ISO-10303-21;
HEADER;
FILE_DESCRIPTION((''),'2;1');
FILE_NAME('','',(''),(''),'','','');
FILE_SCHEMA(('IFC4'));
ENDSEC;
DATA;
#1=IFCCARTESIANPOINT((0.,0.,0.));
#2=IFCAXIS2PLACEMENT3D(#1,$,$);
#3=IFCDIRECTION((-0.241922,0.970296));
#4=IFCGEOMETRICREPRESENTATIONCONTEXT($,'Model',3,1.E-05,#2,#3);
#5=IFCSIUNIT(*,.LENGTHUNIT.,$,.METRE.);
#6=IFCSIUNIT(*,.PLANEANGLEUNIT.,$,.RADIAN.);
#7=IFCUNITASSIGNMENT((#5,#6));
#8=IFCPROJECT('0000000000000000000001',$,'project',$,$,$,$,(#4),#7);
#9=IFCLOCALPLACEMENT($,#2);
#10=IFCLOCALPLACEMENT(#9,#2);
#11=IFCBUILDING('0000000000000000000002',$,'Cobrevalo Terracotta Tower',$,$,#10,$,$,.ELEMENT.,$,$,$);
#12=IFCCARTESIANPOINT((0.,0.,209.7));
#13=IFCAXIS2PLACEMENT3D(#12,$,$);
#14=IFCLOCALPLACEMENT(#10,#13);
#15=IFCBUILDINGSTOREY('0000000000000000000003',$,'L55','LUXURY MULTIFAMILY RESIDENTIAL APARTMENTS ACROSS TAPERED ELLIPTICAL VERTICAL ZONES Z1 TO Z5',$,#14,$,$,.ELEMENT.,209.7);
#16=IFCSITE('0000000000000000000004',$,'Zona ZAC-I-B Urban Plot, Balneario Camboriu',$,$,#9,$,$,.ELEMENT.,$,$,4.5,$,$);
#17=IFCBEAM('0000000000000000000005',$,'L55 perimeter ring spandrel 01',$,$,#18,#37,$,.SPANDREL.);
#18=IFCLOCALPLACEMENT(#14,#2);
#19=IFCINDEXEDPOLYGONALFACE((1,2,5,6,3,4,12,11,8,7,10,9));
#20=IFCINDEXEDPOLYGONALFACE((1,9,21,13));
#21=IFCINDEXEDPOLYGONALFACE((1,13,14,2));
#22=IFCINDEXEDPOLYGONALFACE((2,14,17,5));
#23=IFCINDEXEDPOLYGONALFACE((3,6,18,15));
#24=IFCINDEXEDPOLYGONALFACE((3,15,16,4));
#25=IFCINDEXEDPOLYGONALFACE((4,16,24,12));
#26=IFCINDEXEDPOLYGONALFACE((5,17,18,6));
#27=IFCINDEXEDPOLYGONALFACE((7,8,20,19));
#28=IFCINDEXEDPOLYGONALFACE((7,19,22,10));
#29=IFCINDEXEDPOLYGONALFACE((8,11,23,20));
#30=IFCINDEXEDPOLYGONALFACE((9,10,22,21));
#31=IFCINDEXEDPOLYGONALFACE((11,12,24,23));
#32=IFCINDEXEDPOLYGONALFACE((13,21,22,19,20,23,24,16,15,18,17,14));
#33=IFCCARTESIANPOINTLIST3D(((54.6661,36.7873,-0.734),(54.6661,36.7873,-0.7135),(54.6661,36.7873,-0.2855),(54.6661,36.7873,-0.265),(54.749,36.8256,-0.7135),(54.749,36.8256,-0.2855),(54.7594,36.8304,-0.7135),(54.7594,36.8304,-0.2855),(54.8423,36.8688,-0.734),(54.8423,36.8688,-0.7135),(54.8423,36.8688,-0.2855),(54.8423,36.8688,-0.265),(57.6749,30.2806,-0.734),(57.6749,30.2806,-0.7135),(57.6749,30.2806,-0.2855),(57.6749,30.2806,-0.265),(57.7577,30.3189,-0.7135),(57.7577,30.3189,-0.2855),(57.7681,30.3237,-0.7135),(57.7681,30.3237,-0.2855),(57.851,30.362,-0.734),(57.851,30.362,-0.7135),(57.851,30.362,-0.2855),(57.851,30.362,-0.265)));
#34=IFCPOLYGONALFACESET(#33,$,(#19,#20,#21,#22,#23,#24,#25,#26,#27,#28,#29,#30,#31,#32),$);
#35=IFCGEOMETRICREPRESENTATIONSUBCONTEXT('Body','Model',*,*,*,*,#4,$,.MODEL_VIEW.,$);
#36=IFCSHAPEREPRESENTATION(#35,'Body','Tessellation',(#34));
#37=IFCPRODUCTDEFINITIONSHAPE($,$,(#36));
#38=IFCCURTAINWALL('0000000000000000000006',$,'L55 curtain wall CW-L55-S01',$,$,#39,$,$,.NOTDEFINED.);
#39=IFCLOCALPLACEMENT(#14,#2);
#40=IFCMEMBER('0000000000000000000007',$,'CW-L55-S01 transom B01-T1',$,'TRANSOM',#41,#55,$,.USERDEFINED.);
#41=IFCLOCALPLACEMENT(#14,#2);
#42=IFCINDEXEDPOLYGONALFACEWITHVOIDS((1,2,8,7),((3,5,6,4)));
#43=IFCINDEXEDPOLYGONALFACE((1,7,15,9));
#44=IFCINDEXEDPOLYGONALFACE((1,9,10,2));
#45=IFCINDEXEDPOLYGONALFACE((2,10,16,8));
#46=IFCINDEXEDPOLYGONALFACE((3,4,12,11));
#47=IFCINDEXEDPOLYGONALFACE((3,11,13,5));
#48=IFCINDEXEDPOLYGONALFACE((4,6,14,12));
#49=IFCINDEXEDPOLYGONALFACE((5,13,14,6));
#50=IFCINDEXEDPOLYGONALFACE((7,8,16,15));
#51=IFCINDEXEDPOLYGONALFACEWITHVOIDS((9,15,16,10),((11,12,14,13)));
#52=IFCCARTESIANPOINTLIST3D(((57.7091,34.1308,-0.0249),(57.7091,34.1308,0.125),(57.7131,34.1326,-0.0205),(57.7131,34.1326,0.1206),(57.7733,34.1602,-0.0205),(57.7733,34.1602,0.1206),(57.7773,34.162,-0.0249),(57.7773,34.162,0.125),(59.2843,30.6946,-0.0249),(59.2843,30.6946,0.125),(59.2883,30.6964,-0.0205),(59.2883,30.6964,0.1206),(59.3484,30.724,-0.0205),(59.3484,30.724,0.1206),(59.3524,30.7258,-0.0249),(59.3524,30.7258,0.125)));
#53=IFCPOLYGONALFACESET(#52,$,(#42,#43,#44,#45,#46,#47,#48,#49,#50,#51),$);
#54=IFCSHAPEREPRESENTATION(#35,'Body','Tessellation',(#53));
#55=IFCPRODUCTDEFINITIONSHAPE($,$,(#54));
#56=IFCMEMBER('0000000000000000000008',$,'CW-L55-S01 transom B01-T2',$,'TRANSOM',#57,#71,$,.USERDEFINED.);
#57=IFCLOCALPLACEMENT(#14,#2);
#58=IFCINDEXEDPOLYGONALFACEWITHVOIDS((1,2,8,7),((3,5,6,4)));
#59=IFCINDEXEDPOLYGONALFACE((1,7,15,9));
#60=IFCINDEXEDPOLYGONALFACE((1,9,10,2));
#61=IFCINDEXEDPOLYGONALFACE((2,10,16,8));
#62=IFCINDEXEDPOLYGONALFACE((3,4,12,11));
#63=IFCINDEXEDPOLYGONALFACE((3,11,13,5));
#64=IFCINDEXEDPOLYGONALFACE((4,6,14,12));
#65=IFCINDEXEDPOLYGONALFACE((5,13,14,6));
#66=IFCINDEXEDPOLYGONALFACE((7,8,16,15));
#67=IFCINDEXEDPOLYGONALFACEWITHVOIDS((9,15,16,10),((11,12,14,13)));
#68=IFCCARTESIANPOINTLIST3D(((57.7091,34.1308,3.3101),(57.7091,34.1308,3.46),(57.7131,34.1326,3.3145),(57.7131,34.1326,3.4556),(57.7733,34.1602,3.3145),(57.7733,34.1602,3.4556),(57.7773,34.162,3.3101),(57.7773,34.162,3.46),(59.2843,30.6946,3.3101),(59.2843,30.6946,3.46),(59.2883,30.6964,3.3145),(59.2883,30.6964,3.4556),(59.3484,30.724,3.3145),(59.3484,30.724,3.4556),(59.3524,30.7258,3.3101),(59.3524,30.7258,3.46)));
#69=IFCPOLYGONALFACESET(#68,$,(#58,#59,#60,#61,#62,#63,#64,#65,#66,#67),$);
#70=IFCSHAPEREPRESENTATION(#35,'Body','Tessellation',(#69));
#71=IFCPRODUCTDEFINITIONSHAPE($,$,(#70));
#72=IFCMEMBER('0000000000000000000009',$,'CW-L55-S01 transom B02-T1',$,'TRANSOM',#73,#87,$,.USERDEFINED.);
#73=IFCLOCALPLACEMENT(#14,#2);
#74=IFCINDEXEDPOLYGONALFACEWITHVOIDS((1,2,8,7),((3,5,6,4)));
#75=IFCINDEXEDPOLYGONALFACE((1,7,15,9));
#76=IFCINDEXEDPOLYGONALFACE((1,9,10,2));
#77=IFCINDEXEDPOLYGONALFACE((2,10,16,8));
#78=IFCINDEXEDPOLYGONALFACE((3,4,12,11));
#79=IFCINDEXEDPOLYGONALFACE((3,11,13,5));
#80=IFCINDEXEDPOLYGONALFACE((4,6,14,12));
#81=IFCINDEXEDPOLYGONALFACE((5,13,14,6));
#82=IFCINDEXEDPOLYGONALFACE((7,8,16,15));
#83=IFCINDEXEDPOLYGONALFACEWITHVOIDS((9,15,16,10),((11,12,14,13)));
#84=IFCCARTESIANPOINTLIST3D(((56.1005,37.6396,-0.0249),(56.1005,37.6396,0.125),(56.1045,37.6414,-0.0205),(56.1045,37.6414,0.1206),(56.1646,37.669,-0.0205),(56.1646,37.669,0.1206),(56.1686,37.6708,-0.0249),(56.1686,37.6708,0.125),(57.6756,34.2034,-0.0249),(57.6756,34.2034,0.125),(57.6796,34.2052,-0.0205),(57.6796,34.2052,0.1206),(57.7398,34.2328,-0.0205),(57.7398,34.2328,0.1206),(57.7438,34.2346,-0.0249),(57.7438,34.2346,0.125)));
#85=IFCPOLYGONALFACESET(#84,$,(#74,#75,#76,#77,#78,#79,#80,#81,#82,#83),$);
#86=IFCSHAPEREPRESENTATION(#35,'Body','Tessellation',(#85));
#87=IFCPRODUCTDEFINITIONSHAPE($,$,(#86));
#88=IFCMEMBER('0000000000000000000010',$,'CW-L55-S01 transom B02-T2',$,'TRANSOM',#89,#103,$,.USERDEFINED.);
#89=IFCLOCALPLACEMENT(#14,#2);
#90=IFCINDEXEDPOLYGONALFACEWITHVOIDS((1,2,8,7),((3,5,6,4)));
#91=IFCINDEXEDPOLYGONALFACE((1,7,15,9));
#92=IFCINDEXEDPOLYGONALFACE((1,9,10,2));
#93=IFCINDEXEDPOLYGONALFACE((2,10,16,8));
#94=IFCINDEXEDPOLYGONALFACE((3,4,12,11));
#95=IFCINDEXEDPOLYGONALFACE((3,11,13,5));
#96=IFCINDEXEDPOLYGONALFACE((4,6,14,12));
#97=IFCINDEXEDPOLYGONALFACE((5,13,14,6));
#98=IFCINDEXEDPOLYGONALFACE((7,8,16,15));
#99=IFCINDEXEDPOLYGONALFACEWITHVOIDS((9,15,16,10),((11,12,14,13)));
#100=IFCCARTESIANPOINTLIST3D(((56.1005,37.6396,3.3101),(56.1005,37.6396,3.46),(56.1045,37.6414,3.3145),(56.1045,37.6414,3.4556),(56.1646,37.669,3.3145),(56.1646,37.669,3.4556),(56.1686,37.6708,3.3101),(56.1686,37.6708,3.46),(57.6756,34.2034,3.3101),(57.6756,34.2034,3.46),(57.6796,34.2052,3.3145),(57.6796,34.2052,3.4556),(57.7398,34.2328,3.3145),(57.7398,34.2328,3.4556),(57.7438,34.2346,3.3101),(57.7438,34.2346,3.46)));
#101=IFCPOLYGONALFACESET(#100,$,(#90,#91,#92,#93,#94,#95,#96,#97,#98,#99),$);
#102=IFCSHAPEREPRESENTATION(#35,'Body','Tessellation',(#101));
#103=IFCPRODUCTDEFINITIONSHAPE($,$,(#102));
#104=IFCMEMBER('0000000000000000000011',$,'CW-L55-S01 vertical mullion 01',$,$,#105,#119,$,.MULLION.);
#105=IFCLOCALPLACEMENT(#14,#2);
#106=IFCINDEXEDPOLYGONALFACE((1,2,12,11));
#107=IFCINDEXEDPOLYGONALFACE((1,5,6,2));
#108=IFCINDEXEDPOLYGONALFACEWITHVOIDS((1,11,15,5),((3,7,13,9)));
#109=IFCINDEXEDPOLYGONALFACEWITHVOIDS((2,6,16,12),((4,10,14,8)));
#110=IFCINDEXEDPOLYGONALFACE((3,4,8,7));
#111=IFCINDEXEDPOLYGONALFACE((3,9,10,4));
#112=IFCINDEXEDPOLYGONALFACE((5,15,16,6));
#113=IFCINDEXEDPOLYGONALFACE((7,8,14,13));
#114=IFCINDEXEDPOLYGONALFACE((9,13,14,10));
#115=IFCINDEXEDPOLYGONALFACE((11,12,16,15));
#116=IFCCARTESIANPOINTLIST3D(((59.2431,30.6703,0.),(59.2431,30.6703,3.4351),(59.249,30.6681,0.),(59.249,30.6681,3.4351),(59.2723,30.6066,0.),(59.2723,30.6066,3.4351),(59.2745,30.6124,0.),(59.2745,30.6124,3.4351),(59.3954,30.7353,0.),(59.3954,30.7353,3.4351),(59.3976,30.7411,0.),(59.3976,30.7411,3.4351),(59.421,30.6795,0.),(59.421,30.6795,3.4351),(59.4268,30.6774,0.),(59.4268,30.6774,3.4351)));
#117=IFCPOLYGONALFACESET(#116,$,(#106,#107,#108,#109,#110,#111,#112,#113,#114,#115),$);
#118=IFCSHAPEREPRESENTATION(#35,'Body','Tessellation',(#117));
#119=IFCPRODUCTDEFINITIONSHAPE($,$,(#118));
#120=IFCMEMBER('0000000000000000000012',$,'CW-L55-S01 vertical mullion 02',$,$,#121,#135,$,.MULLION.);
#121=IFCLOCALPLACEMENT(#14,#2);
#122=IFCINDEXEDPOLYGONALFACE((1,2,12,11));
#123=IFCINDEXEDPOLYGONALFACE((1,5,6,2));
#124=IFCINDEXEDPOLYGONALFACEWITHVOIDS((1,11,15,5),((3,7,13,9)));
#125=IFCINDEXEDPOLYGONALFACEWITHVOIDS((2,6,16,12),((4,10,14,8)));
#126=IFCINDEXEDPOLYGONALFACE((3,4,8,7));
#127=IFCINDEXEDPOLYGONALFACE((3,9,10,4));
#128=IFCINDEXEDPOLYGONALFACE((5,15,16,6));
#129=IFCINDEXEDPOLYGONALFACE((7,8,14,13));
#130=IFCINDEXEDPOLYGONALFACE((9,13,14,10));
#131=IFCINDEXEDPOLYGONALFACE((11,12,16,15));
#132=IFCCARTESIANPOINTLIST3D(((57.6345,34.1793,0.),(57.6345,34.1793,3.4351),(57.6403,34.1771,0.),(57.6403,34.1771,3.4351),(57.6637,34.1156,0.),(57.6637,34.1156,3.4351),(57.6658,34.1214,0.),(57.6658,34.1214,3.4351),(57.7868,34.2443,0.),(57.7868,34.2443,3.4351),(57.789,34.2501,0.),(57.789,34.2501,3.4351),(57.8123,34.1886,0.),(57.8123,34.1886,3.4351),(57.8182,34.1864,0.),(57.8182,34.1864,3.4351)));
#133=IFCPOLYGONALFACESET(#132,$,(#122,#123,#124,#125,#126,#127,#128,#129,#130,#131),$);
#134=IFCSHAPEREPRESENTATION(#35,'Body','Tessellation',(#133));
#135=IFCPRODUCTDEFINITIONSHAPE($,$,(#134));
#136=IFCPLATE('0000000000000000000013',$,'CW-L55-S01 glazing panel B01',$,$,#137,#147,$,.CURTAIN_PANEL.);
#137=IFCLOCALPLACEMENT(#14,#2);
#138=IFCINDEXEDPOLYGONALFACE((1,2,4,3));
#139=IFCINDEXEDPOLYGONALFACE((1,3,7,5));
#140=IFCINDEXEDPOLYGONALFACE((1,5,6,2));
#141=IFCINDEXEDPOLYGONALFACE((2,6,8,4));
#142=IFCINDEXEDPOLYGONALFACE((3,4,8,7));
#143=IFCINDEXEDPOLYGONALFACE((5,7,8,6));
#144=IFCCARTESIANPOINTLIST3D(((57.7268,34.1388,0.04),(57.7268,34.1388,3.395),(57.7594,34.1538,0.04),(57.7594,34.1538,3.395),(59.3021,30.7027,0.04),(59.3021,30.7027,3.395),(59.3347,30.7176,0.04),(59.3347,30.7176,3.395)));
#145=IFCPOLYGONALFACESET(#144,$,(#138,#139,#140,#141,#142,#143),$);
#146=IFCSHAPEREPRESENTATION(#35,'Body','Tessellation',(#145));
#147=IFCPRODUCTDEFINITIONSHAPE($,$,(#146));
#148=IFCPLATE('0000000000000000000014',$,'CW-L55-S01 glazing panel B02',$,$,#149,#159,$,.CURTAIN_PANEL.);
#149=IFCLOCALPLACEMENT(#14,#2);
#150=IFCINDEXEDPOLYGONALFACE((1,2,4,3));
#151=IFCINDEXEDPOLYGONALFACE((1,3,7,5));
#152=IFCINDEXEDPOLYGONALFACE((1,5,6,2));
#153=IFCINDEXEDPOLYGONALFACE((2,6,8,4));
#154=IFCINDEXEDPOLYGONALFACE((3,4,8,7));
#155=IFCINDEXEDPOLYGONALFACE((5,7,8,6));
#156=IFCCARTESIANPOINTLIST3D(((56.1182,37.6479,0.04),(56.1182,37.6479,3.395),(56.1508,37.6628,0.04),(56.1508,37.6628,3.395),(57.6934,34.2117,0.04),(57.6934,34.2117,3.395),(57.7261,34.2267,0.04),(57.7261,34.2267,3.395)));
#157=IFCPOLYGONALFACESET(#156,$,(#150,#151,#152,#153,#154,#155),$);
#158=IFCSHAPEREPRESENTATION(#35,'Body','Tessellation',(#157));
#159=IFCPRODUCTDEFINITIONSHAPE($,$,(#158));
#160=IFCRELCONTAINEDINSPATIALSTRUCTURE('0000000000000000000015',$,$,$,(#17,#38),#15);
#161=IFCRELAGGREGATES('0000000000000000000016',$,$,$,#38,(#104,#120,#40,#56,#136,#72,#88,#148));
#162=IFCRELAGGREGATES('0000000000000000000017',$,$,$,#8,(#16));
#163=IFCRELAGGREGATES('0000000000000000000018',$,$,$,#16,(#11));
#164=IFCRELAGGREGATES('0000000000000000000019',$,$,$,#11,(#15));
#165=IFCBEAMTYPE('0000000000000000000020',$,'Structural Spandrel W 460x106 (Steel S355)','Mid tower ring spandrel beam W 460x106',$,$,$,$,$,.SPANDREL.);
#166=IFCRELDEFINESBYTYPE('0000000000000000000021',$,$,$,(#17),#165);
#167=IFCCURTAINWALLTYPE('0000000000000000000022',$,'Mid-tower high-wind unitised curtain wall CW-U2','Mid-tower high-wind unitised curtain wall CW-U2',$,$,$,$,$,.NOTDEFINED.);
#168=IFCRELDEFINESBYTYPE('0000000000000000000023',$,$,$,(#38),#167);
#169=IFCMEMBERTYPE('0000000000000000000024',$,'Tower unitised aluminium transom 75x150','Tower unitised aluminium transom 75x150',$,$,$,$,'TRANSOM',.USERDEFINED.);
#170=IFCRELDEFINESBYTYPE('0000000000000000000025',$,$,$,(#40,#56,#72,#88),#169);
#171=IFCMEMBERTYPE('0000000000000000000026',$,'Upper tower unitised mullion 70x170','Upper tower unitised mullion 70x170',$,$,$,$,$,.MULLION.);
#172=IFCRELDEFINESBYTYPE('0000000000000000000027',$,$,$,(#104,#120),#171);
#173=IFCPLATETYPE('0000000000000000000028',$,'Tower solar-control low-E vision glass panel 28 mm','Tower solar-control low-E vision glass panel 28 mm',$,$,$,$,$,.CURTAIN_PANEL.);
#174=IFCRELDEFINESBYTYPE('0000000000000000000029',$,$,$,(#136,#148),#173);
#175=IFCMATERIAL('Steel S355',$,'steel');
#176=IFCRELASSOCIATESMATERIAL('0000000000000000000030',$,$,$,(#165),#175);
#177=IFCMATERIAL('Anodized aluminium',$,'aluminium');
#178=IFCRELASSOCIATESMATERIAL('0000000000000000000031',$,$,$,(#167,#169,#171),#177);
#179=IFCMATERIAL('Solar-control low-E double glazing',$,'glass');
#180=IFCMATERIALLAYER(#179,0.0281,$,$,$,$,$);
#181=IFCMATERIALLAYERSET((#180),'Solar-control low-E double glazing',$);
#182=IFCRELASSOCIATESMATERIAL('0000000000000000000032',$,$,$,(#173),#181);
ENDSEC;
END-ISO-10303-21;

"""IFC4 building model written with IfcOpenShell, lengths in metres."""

from ifc_helpers import new_model, si_unit, direction, frame, origin, origin_2d, place, context, subcontext, project, spatial, rectangle, hollow_rectangle, i_section, extrude, source, transform, mapped, material, layer, layer_set, material_profile, profile_set, type_object, element, aggregate, save


model = new_model("IFC4")

# Units and contexts
model_context = context("Model", 3, precision=1e-05, world=origin(), true_north=direction((-0.241922, 0.970296)))
body_context = subcontext(model_context, "Body", "Model", "MODEL_VIEW")
ifc_project = project(units=[si_unit("LENGTHUNIT", "METRE"), si_unit("PLANEANGLEUNIT", "RADIAN")], contexts=[model_context])

# Site, building, storey
site_placement = place(None, origin())
site = spatial("IfcSite", under=ifc_project, at=site_placement, Name="Zona ZAC-I-B Urban Plot, Balneario Camboriu", CompositionType="ELEMENT", RefElevation=4.5)
building_placement = place(site_placement, origin())
building = spatial("IfcBuilding", under=site, at=building_placement, Name="Cobrevalo Terracotta Tower", CompositionType="ELEMENT")
storey_placement = place(building_placement, frame((0.0, 0.0, 209.7)))
storey = spatial("IfcBuildingStorey", under=building, at=storey_placement, Name="L55", Description="LUXURY MULTIFAMILY RESIDENTIAL APARTMENTS ACROSS TAPERED ELLIPTICAL VERTICAL ZONES Z1 TO Z5", CompositionType="ELEMENT", Elevation=209.7)

# Shared definitions
ifc_material_1 = material(Name="Steel S355", Category="steel")

# Beam
ifc_material_profile_1 = material_profile(ifc_material_1, i_section(OverallWidth=0.1941, OverallDepth=0.469, WebThickness=0.0115, FlangeThickness=0.0205, at=origin_2d()), Name="W 460x106")
ifc_profile_set_1 = profile_set([ifc_material_profile_1], Name="Steel S355")
beam_type_1 = type_object("IfcBeamType", Name="Structural Spandrel W 460x106 (Steel S355)", Description="Mid tower ring spandrel beam W 460x106", PredefinedType="SPANDREL", material=ifc_profile_set_1)
beam_1_placement = place(storey_placement, frame((57.7629, 30.3213, -0.4995), z_axis=(-0.419706, 0.90766, 0.0), x_axis=(-0.90766, -0.419706, 0.0)))
element("IfcBeam", 1, at=beam_1_placement, inside=storey, type_object=beam_type_1, Name="L55 perimeter ring spandrel 01", PredefinedType="SPANDREL", context=body_context, shape_type="SweptSolid", body=[
    extrude(i_section(OverallWidth=0.1941, OverallDepth=0.469, WebThickness=0.0115, FlangeThickness=0.0205, at=origin_2d()), origin(), (0.0, 0.0, 1.0), 7.1687),
])

# Curtain wall, members, plates
ifc_material_2 = material(Name="Anodized aluminium", Category="aluminium")
curtain_wall_type = type_object("IfcCurtainWallType", Name="Mid-tower high-wind unitised curtain wall CW-U2", Description="Mid-tower high-wind unitised curtain wall CW-U2", PredefinedType="NOTDEFINED", material=ifc_material_2)
curtain_wall_placement = place(storey_placement, origin())
curtain_wall = element("IfcCurtainWall", 2, at=curtain_wall_placement, inside=storey, type_object=curtain_wall_type, Name="L55 curtain wall CW-L55-S01", PredefinedType="NOTDEFINED")
ifc_material_profile_2 = material_profile(ifc_material_2, hollow_rectangle(XDim=0.075, YDim=0.1499, WallThickness=0.0044, at=origin_2d()), Name="CWT 75x150")
ifc_profile_set_2 = profile_set([ifc_material_profile_2], Name="Anodized aluminium")
member_type_1 = type_object("IfcMemberType", Name="Tower unitised aluminium transom 75x150", Description="Tower unitised aluminium transom 75x150", ElementType="TRANSOM", PredefinedType="USERDEFINED", material=ifc_profile_set_2)
shared_shape_1 = source(origin(), body_context, "Body", "SweptSolid", [
    extrude(hollow_rectangle(XDim=0.075, YDim=0.1499, WallThickness=0.0044, at=origin_2d()), origin(), (0.0, 0.0, 1.0), 3.78),
])
member_1_placement = place(storey_placement, frame((59.3184, 30.7102, 0.05), z_axis=(-0.416706, 0.909041, 0.0), x_axis=(-0.909041, -0.416706, 0.0)))
member_1 = element("IfcMember", 3, at=member_1_placement, type_object=member_type_1, Name="CW-L55-S01 transom B01-T1", ObjectType="TRANSOM", PredefinedType="USERDEFINED", context=body_context, shape_type="MappedRepresentation", body=[
    mapped(shared_shape_1, transform((0.0, 0.0, 0.0), scale=1.0)),
])
member_2_placement = place(storey_placement, frame((59.3184, 30.7102, 3.385), z_axis=(-0.416706, 0.909041, 0.0), x_axis=(-0.909041, -0.416706, 0.0)))
member_2 = element("IfcMember", 4, at=member_2_placement, type_object=member_type_1, Name="CW-L55-S01 transom B01-T2", ObjectType="TRANSOM", PredefinedType="USERDEFINED", context=body_context, shape_type="MappedRepresentation", body=[
    mapped(shared_shape_1, transform((0.0, 0.0, 0.0), scale=1.0)),
])
member_3_placement = place(storey_placement, frame((57.7097, 34.219, 0.05), z_axis=(-0.416706, 0.909041, 0.0), x_axis=(-0.909041, -0.416706, 0.0)))
member_3 = element("IfcMember", 5, at=member_3_placement, type_object=member_type_1, Name="CW-L55-S01 transom B02-T1", ObjectType="TRANSOM", PredefinedType="USERDEFINED", context=body_context, shape_type="MappedRepresentation", body=[
    mapped(shared_shape_1, transform((0.0, 0.0, 0.0), scale=1.0)),
])
member_4_placement = place(storey_placement, frame((57.7097, 34.219, 3.385), z_axis=(-0.416706, 0.909041, 0.0), x_axis=(-0.909041, -0.416706, 0.0)))
member_4 = element("IfcMember", 6, at=member_4_placement, type_object=member_type_1, Name="CW-L55-S01 transom B02-T2", ObjectType="TRANSOM", PredefinedType="USERDEFINED", context=body_context, shape_type="MappedRepresentation", body=[
    mapped(shared_shape_1, transform((0.0, 0.0, 0.0), scale=1.0)),
])
ifc_material_profile_3 = material_profile(ifc_material_2, hollow_rectangle(XDim=0.0701, YDim=0.1699, WallThickness=0.0044, at=origin_2d()), Name="CWM 70x170")
ifc_profile_set_3 = profile_set([ifc_material_profile_3], Name="Anodized aluminium")
member_type_2 = type_object("IfcMemberType", Name="Upper tower unitised mullion 70x170", Description="Upper tower unitised mullion 70x170", PredefinedType="MULLION", material=ifc_profile_set_3)
shared_shape_2 = source(origin(), body_context, "Body", "SweptSolid", [
    extrude(hollow_rectangle(XDim=0.0701, YDim=0.1699, WallThickness=0.0044, at=origin_2d()), origin(), (0.0, 0.0, 1.0), 3.4351),
])
member_5_placement = place(storey_placement, frame((59.335, 30.6738, 0.0), z_axis=(0.0, 0.0, 1.0), x_axis=(-0.416725, 0.909033, 0.0)))
member_5 = element("IfcMember", 7, at=member_5_placement, type_object=member_type_2, Name="CW-L55-S01 vertical mullion 01", PredefinedType="MULLION", context=body_context, shape_type="MappedRepresentation", body=[
    mapped(shared_shape_2, transform((0.0, 0.0, 0.0), scale=1.0)),
])
member_6_placement = place(storey_placement, frame((57.7263, 34.1829, 0.0), z_axis=(0.0, 0.0, 1.0), x_axis=(-0.416725, 0.909033, 0.0)))
member_6 = element("IfcMember", 8, at=member_6_placement, type_object=member_type_2, Name="CW-L55-S01 vertical mullion 02", PredefinedType="MULLION", context=body_context, shape_type="MappedRepresentation", body=[
    mapped(shared_shape_2, transform((0.0, 0.0, 0.0), scale=1.0)),
])
ifc_material_3 = material(Name="Solar-control low-E double glazing", Category="glass")
ifc_layer_1 = layer(ifc_material_3, 0.0281)
ifc_layer_set_1 = layer_set([ifc_layer_1], Name="Solar-control low-E double glazing")
plate_type = type_object("IfcPlateType", Name="Tower solar-control low-E vision glass panel 28 mm", Description="Tower solar-control low-E vision glass panel 28 mm", PredefinedType="CURTAIN_PANEL", material=ifc_layer_set_1)
shared_shape_3 = source(origin(), body_context, "Body", "SweptSolid", [
    extrude(rectangle(XDim=3.78, YDim=0.0359, at=origin_2d()), origin(), (0.0, 0.0, 1.0), 3.355),
])
plate_1_placement = place(storey_placement, frame((58.5308, 32.4282, 0.04), z_axis=(0.0, 0.0, 1.0), x_axis=(-0.416731, 0.90903, 0.0)))
plate_1 = element("IfcPlate", 9, at=plate_1_placement, type_object=plate_type, Name="CW-L55-S01 glazing panel B01", PredefinedType="CURTAIN_PANEL", context=body_context, shape_type="MappedRepresentation", body=[
    mapped(shared_shape_3, transform((0.0, 0.0, 0.0), scale=1.0)),
])
plate_2_placement = place(storey_placement, frame((56.9221, 35.9373, 0.04), z_axis=(0.0, 0.0, 1.0), x_axis=(-0.416731, 0.90903, 0.0)))
plate_2 = element("IfcPlate", 10, at=plate_2_placement, type_object=plate_type, Name="CW-L55-S01 glazing panel B02", PredefinedType="CURTAIN_PANEL", context=body_context, shape_type="MappedRepresentation", body=[
    mapped(shared_shape_3, transform((0.0, 0.0, 0.0), scale=1.0)),
])
aggregate(curtain_wall, [member_5, member_6, member_1, member_2, plate_1, member_3, member_4, plate_2])

save(model, "model.ifc")
